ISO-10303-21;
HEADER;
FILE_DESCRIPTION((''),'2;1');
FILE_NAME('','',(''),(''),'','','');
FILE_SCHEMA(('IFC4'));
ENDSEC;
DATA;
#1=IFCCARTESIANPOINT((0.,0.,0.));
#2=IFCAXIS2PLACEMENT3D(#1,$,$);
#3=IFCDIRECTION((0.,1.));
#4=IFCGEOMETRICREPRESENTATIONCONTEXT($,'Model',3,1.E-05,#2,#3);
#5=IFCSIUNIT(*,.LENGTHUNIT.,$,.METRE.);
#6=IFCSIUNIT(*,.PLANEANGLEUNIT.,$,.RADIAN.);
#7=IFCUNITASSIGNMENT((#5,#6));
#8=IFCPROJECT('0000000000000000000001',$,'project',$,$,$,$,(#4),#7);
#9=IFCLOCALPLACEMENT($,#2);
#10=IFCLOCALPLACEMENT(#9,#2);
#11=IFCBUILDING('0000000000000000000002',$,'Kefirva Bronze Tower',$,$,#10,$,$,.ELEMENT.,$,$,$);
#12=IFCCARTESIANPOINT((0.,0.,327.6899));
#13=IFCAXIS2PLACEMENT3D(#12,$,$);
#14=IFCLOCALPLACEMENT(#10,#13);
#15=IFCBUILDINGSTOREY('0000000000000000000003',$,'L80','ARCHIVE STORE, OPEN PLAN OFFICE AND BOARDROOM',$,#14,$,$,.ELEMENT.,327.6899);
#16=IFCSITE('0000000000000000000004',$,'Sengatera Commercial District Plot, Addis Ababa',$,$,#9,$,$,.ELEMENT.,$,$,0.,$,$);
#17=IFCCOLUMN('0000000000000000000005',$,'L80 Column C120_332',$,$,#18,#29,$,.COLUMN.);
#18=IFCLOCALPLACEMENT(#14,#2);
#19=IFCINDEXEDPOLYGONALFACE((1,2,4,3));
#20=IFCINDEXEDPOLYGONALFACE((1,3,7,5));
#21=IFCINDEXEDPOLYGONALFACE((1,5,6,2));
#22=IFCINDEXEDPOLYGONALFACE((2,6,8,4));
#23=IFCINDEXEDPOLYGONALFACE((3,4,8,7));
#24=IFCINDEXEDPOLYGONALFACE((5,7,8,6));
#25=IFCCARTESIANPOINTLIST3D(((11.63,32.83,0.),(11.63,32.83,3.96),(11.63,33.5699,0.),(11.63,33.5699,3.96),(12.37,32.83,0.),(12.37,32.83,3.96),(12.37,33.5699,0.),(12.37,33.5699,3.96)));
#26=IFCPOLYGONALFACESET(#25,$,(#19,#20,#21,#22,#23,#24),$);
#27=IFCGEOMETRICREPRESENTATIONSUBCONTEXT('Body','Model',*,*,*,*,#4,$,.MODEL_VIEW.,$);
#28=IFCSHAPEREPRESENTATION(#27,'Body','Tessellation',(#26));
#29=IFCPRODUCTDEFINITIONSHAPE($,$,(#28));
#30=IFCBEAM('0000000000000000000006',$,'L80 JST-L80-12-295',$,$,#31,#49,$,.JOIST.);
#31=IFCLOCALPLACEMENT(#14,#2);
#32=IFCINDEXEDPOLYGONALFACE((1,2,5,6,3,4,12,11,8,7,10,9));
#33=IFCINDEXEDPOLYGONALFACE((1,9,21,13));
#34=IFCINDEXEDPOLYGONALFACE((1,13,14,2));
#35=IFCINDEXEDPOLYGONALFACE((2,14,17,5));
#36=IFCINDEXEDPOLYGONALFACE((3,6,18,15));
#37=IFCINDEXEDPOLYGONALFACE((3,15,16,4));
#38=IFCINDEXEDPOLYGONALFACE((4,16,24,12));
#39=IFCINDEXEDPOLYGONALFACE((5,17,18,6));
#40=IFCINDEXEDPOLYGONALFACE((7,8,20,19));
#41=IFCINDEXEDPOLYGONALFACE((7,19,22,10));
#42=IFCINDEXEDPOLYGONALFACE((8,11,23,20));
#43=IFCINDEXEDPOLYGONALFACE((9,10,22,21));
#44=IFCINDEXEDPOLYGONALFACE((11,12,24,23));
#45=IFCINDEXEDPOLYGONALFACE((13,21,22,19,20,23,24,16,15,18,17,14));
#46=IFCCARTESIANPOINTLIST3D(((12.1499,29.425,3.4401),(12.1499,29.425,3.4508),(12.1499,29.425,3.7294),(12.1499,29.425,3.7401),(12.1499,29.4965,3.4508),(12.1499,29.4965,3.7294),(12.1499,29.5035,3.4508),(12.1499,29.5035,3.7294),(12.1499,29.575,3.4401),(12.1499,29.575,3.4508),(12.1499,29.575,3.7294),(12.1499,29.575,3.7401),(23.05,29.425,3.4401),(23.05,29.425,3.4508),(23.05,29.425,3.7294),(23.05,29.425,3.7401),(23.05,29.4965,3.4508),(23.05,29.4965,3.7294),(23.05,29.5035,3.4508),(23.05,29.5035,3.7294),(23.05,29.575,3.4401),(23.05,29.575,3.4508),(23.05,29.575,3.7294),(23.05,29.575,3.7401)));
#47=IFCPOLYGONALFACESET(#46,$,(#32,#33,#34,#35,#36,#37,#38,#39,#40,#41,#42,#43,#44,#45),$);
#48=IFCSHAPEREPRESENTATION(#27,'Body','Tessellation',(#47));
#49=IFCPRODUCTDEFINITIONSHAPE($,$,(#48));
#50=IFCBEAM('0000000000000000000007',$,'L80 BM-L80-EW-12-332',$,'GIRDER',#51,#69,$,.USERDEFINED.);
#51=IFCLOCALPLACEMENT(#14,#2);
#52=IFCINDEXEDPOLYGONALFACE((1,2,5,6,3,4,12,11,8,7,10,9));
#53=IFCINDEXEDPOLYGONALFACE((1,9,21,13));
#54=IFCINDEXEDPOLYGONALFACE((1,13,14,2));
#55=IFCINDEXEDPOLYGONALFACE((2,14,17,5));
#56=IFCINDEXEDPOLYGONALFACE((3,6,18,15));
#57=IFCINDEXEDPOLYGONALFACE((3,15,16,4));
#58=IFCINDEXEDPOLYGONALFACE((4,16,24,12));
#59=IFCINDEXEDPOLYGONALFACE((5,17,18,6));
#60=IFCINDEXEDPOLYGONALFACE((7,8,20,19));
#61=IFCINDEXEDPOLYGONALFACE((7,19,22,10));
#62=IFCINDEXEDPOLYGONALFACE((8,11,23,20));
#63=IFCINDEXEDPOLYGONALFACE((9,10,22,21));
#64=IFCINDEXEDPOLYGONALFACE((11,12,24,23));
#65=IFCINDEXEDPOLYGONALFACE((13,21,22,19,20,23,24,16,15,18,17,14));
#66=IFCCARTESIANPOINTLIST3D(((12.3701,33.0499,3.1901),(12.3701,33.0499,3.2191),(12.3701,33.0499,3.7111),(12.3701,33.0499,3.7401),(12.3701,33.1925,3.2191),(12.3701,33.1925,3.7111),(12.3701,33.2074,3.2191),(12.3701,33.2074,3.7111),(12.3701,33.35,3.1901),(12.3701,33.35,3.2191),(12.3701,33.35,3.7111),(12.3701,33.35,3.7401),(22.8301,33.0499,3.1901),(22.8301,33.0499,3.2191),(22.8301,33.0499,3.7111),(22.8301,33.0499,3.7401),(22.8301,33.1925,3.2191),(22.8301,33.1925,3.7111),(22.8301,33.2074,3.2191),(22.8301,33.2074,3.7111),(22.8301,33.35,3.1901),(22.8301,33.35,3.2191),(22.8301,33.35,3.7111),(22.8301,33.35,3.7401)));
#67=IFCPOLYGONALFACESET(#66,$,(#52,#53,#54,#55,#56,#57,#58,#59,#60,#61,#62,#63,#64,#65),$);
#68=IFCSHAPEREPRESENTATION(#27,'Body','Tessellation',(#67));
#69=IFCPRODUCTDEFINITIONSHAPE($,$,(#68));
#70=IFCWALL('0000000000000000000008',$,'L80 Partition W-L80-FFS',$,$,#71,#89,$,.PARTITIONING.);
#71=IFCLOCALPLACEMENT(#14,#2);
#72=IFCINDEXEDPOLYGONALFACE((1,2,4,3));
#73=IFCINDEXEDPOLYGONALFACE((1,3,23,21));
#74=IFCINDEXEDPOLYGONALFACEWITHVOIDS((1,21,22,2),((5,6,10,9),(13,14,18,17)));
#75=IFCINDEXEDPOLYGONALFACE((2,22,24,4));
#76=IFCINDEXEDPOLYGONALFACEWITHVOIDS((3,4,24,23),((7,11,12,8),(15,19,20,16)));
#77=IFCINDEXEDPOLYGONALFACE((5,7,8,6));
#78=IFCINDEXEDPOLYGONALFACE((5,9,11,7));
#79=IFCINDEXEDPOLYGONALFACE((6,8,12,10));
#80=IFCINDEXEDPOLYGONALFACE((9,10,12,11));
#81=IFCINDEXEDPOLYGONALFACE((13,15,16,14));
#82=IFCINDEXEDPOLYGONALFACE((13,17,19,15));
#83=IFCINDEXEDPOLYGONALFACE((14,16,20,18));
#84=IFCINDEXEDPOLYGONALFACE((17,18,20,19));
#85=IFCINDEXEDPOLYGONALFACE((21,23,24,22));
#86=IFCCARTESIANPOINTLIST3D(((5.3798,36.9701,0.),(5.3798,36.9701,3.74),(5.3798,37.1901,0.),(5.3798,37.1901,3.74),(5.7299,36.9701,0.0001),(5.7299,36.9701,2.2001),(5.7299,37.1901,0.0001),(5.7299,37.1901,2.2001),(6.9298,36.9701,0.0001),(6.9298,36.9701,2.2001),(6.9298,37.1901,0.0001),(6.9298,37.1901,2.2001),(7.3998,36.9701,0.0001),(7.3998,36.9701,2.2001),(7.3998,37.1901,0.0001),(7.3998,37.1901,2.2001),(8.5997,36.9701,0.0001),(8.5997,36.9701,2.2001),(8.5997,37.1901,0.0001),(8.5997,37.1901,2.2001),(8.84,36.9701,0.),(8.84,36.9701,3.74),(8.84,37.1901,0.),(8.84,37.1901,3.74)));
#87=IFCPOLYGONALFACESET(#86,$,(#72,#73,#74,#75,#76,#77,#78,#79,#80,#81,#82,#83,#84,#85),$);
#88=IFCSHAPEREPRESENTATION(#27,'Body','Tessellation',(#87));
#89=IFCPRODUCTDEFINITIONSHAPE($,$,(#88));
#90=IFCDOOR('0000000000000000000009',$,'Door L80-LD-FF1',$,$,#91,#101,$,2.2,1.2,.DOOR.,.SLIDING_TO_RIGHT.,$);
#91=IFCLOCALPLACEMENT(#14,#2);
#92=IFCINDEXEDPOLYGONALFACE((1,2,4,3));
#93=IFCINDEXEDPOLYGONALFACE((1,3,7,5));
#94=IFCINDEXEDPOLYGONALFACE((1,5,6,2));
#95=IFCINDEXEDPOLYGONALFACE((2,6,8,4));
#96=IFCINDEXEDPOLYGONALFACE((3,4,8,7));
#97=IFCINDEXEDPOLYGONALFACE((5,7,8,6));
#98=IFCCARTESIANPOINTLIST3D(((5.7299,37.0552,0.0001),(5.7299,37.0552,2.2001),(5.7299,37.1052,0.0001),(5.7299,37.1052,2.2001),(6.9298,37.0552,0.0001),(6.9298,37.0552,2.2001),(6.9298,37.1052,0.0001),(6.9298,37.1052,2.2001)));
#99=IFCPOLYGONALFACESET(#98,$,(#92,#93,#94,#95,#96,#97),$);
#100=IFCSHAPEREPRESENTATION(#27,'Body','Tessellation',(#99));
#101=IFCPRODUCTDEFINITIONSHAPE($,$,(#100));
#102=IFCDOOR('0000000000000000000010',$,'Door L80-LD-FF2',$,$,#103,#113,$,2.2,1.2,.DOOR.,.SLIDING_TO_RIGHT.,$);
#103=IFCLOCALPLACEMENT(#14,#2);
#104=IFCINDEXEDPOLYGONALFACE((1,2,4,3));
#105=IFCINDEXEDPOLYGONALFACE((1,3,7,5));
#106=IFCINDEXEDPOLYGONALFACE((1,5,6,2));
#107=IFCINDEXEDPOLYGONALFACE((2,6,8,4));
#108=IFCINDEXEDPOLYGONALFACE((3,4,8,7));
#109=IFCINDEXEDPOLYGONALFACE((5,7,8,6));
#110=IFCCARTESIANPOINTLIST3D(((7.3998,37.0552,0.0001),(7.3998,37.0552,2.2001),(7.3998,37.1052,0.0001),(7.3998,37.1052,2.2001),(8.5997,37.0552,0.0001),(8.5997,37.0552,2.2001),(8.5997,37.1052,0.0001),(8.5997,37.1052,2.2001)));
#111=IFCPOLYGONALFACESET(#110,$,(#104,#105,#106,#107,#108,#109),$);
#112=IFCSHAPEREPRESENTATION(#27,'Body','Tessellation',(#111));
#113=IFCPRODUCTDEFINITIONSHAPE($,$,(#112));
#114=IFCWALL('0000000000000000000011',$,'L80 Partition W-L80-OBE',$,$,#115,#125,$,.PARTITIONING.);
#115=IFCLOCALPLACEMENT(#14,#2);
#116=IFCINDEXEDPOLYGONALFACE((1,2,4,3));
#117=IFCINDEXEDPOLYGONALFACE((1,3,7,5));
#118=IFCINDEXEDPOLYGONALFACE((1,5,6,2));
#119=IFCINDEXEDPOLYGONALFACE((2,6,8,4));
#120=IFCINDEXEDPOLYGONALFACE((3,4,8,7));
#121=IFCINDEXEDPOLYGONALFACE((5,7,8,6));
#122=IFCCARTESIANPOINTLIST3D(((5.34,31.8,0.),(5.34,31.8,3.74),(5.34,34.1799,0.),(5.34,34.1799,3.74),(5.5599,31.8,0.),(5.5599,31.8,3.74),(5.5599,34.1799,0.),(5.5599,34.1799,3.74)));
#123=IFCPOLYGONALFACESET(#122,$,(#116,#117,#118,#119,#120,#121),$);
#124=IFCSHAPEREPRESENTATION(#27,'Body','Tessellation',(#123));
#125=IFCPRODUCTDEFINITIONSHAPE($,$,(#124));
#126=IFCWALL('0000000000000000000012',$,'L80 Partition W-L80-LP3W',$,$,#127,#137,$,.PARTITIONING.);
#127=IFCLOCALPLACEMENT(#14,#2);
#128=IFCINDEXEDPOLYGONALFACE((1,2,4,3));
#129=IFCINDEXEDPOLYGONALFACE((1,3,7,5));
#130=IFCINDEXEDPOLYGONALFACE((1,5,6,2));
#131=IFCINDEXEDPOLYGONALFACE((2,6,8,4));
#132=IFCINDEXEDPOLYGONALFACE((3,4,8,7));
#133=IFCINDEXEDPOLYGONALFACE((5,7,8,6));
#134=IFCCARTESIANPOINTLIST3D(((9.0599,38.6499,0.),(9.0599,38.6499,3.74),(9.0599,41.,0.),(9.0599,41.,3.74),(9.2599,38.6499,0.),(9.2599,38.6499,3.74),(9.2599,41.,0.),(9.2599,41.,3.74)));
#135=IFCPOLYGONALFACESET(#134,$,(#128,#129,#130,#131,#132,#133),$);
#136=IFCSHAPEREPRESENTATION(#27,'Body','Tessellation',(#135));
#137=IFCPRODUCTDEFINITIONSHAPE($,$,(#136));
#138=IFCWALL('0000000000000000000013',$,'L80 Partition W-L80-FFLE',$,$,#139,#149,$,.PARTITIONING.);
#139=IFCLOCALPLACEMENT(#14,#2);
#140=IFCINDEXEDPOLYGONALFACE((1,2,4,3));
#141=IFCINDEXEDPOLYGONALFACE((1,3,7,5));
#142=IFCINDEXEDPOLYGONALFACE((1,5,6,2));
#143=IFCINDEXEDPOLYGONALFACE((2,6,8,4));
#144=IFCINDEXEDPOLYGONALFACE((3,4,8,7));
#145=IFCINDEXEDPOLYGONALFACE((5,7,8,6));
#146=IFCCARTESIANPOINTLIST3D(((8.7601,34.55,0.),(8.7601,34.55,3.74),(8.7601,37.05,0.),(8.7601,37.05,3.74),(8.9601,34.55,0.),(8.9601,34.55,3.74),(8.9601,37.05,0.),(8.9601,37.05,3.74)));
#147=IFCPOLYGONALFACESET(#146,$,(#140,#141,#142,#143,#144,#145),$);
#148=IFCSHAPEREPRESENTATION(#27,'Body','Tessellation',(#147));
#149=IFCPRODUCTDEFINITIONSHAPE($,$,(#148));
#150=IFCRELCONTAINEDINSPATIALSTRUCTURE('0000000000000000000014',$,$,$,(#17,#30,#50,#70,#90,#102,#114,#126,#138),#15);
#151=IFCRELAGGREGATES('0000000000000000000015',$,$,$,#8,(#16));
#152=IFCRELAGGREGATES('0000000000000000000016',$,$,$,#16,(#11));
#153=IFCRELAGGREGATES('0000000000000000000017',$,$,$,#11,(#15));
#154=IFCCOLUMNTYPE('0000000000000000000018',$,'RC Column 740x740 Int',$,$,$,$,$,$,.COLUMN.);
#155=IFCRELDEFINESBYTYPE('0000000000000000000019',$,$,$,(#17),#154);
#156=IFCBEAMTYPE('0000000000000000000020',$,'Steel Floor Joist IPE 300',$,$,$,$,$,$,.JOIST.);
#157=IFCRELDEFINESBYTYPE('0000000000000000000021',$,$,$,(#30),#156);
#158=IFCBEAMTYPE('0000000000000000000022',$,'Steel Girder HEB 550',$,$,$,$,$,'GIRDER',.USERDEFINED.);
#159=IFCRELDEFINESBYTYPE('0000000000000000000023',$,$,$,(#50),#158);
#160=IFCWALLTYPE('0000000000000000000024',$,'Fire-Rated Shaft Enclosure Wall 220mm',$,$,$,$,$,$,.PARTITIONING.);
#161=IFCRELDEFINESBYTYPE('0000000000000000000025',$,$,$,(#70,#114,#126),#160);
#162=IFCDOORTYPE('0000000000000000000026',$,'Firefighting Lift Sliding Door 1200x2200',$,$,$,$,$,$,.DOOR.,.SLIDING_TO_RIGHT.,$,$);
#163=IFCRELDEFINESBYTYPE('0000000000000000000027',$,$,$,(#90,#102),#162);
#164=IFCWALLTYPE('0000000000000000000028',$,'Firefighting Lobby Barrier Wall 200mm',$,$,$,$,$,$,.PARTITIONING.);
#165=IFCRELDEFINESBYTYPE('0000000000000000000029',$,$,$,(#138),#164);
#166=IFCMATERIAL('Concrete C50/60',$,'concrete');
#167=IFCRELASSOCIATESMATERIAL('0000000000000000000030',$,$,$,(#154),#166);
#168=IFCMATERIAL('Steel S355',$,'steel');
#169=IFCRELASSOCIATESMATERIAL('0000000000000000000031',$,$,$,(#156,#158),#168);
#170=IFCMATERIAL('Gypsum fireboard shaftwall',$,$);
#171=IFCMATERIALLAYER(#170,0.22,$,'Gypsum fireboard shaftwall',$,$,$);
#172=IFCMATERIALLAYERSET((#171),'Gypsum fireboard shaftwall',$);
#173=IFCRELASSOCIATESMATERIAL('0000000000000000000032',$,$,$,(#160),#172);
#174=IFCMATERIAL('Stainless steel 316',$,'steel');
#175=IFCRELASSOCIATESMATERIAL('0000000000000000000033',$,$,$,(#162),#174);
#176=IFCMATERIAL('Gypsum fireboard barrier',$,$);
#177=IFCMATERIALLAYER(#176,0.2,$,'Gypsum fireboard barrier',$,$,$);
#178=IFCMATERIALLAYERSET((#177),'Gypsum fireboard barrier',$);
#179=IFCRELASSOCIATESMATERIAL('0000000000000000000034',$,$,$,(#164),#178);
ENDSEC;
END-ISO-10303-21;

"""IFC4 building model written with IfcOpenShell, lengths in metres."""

from ifc_helpers import new_model, si_unit, direction, frame, frame_2d, origin, origin_2d, place, context, subcontext, project, spatial, rectangle, i_section, extrude, material, layer, layer_set, material_profile, profile_set, type_object, element, fill, save


model = new_model("IFC4")

# Units and contexts
model_context = context("Model", 3, precision=1e-05, world=origin(), true_north=direction((0.0, 1.0)))
body_context = subcontext(model_context, "Body", "Model", "MODEL_VIEW")
ifc_project = project(units=[si_unit("LENGTHUNIT", "METRE"), si_unit("PLANEANGLEUNIT", "RADIAN")], contexts=[model_context])

# Site, building, storey
site_placement = place(None, origin())
site = spatial("IfcSite", under=ifc_project, at=site_placement, Name="Sengatera Commercial District Plot, Addis Ababa", CompositionType="ELEMENT", RefElevation=0.0)
building_placement = place(site_placement, origin())
building = spatial("IfcBuilding", under=site, at=building_placement, Name="Kefirva Bronze Tower", CompositionType="ELEMENT")
storey_placement = place(building_placement, frame((0.0, 0.0, 327.6899)))
storey = spatial("IfcBuildingStorey", under=building, at=storey_placement, Name="L80", Description="ARCHIVE STORE, OPEN PLAN OFFICE AND BOARDROOM", CompositionType="ELEMENT", Elevation=327.6899)

# Column
ifc_material_1 = material(Name="Concrete C50/60", Category="concrete")
ifc_material_profile_1 = material_profile(ifc_material_1, rectangle(XDim=0.74, YDim=0.74, at=origin_2d()), Name="RC 740x740")
ifc_profile_set_1 = profile_set([ifc_material_profile_1], Name="Concrete C50/60")
column_type = type_object("IfcColumnType", Name="RC Column 740x740 Int", PredefinedType="COLUMN", material=ifc_profile_set_1)
column_placement = place(storey_placement, frame((12.0, 33.2, 0.0), z_axis=(0.0, 0.0, 1.0), x_axis=(1.0, 0.0, 0.0)))
element("IfcColumn", 1, at=column_placement, inside=storey, type_object=column_type, Name="L80 Column C120_332", PredefinedType="COLUMN", context=body_context, shape_type="SweptSolid", body=[
    extrude(rectangle(XDim=0.74, YDim=0.74, at=origin_2d()), origin(), (0.0, 0.0, 1.0), 3.96),
])

# Beams
ifc_material_2 = material(Name="Steel S355", Category="steel")
ifc_material_profile_2 = material_profile(ifc_material_2, i_section(OverallWidth=0.1499, OverallDepth=0.3, WebThickness=0.0071, FlangeThickness=0.0107, at=origin_2d()), Name="IPE 300")
ifc_profile_set_2 = profile_set([ifc_material_profile_2], Name="Steel S355")
beam_type_1 = type_object("IfcBeamType", Name="Steel Floor Joist IPE 300", PredefinedType="JOIST", material=ifc_profile_set_2)
beam_1_placement = place(storey_placement, frame((12.1499, 29.5, 3.5901), z_axis=(1.0, 0.0, 0.0), x_axis=(0.0, 1.0, 0.0)))
element("IfcBeam", 2, at=beam_1_placement, inside=storey, type_object=beam_type_1, Name="L80 JST-L80-12-295", PredefinedType="JOIST", context=body_context, shape_type="SweptSolid", body=[
    extrude(i_section(OverallWidth=0.1499, OverallDepth=0.3, WebThickness=0.0071, FlangeThickness=0.0107, at=origin_2d()), origin(), (0.0, 0.0, 1.0), 10.9001),
])
ifc_material_profile_3 = material_profile(ifc_material_2, i_section(OverallWidth=0.3, OverallDepth=0.55, WebThickness=0.0149, FlangeThickness=0.0291, at=origin_2d()), Name="HEB 550")
ifc_profile_set_3 = profile_set([ifc_material_profile_3], Name="Steel S355")
beam_type_2 = type_object("IfcBeamType", Name="Steel Girder HEB 550", ElementType="GIRDER", PredefinedType="USERDEFINED", material=ifc_profile_set_3)
beam_2_placement = place(storey_placement, frame((12.3701, 33.2, 3.4651), z_axis=(1.0, 0.0, 0.0), x_axis=(0.0, 1.0, 0.0)))
element("IfcBeam", 3, at=beam_2_placement, inside=storey, type_object=beam_type_2, Name="L80 BM-L80-EW-12-332", ObjectType="GIRDER", PredefinedType="USERDEFINED", context=body_context, shape_type="SweptSolid", body=[
    extrude(i_section(OverallWidth=0.3, OverallDepth=0.55, WebThickness=0.0149, FlangeThickness=0.0291, at=origin_2d()), origin(), (0.0, 0.0, 1.0), 10.46),
])

# Wall, openings, doors
ifc_material_3 = material(Name="Gypsum fireboard shaftwall")
ifc_layer_1 = layer(ifc_material_3, 0.22, Name="Gypsum fireboard shaftwall")
ifc_layer_set_1 = layer_set([ifc_layer_1], Name="Gypsum fireboard shaftwall")
wall_type_1 = type_object("IfcWallType", Name="Fire-Rated Shaft Enclosure Wall 220mm", PredefinedType="PARTITIONING", material=ifc_layer_set_1)
wall_1_placement = place(storey_placement, frame((5.3799, 37.0801, 0.0), z_axis=(0.0, 0.0, 1.0), x_axis=(1.0, 0.0, 0.0)))
wall_1 = element("IfcWall", 4, at=wall_1_placement, inside=storey, type_object=wall_type_1, Name="L80 Partition W-L80-FFS", PredefinedType="PARTITIONING", context=body_context, shape_type="SweptSolid", body=[
    extrude(rectangle(XDim=3.4602, YDim=0.22, at=frame_2d((1.73, 0.0))), origin(), (0.0, 0.0, 1.0), 3.74),
])
opening_1_placement = place(wall_1_placement, frame((1.55, 0.0, 0.0), z_axis=(0.0, 0.0, 1.0), x_axis=(-1.0, 0.0, 0.0)))
opening_1 = element("IfcOpeningElement", 5, at=opening_1_placement, cuts=wall_1, PredefinedType="OPENING", context=body_context, shape_type="SweptSolid", body=[
    extrude(rectangle(XDim=1.2, YDim=2.2, at=frame_2d((0.6001, 1.1001))), frame((0.0, 0.1201, 0.0), z_axis=(0.0, -1.0, 0.0), x_axis=(1.0, 0.0, 0.0)), (0.0, 0.0, 1.0), 0.24),
])
opening_2_placement = place(wall_1_placement, frame((3.22, 0.0, 0.0), z_axis=(0.0, 0.0, 1.0), x_axis=(-1.0, 0.0, 0.0)))
opening_2 = element("IfcOpeningElement", 6, at=opening_2_placement, cuts=wall_1, PredefinedType="OPENING", context=body_context, shape_type="SweptSolid", body=[
    extrude(rectangle(XDim=1.2, YDim=2.2, at=frame_2d((0.6001, 1.1001))), frame((0.0, 0.1201, 0.0), z_axis=(0.0, -1.0, 0.0), x_axis=(1.0, 0.0, 0.0)), (0.0, 0.0, 1.0), 0.24),
])
ifc_material_4 = material(Name="Stainless steel 316", Category="steel")
door_type_1 = type_object("IfcDoorType", Name="Firefighting Lift Sliding Door 1200x2200", OperationType="SLIDING_TO_RIGHT", PredefinedType="DOOR", material=ifc_material_4)
door_1_placement = place(opening_1_placement, origin())
door_1 = element("IfcDoor", 7, at=door_1_placement, inside=storey, type_object=door_type_1, Name="Door L80-LD-FF1", OperationType="SLIDING_TO_RIGHT", OverallHeight=2.2, OverallWidth=1.2, PredefinedType="DOOR", context=body_context, shape_type="SweptSolid", body=[
    extrude(rectangle(XDim=1.2, YDim=2.2, at=frame_2d((0.6001, 1.1001))), frame((0.0, 0.0249, 0.0), z_axis=(0.0, -1.0, 0.0), x_axis=(1.0, 0.0, 0.0)), (0.0, 0.0, 1.0), 0.05),
])
fill(opening_1, door_1)
door_2_placement = place(opening_2_placement, origin())
door_2 = element("IfcDoor", 8, at=door_2_placement, inside=storey, type_object=door_type_1, Name="Door L80-LD-FF2", OperationType="SLIDING_TO_RIGHT", OverallHeight=2.2, OverallWidth=1.2, PredefinedType="DOOR", context=body_context, shape_type="SweptSolid", body=[
    extrude(rectangle(XDim=1.2, YDim=2.2, at=frame_2d((0.6001, 1.1001))), frame((0.0, 0.0249, 0.0), z_axis=(0.0, -1.0, 0.0), x_axis=(1.0, 0.0, 0.0)), (0.0, 0.0, 1.0), 0.05),
])
fill(opening_2, door_2)

# Walls
wall_2_placement = place(storey_placement, frame((5.45, 31.8, 0.0), z_axis=(0.0, 0.0, 1.0), x_axis=(0.0, 1.0, 0.0)))
element("IfcWall", 9, at=wall_2_placement, inside=storey, type_object=wall_type_1, Name="L80 Partition W-L80-OBE", PredefinedType="PARTITIONING", context=body_context, shape_type="SweptSolid", body=[
    extrude(rectangle(XDim=2.3799, YDim=0.22, at=frame_2d((1.1899, 0.0))), origin(), (0.0, 0.0, 1.0), 3.74),
])
wall_3_placement = place(storey_placement, frame((9.1599, 38.6499, 0.0), z_axis=(0.0, 0.0, 1.0), x_axis=(0.0, 1.0, 0.0)))
element("IfcWall", 10, at=wall_3_placement, inside=storey, type_object=wall_type_1, Name="L80 Partition W-L80-LP3W", PredefinedType="PARTITIONING", context=body_context, shape_type="SweptSolid", body=[
    extrude(rectangle(XDim=2.3501, YDim=0.2, at=frame_2d((1.175, 0.0))), origin(), (0.0, 0.0, 1.0), 3.74),
])
ifc_material_5 = material(Name="Gypsum fireboard barrier")
ifc_layer_2 = layer(ifc_material_5, 0.2, Name="Gypsum fireboard barrier")
ifc_layer_set_2 = layer_set([ifc_layer_2], Name="Gypsum fireboard barrier")
wall_type_2 = type_object("IfcWallType", Name="Firefighting Lobby Barrier Wall 200mm", PredefinedType="PARTITIONING", material=ifc_layer_set_2)
wall_4_placement = place(storey_placement, frame((8.8601, 34.55, 0.0), z_axis=(0.0, 0.0, 1.0), x_axis=(0.0, 1.0, 0.0)))
element("IfcWall", 11, at=wall_4_placement, inside=storey, type_object=wall_type_2, Name="L80 Partition W-L80-FFLE", PredefinedType="PARTITIONING", context=body_context, shape_type="SweptSolid", body=[
    extrude(rectangle(XDim=2.5, YDim=0.2, at=frame_2d((1.25, 0.0))), origin(), (0.0, 0.0, 1.0), 3.74),
])

save(model, "model.ifc")
